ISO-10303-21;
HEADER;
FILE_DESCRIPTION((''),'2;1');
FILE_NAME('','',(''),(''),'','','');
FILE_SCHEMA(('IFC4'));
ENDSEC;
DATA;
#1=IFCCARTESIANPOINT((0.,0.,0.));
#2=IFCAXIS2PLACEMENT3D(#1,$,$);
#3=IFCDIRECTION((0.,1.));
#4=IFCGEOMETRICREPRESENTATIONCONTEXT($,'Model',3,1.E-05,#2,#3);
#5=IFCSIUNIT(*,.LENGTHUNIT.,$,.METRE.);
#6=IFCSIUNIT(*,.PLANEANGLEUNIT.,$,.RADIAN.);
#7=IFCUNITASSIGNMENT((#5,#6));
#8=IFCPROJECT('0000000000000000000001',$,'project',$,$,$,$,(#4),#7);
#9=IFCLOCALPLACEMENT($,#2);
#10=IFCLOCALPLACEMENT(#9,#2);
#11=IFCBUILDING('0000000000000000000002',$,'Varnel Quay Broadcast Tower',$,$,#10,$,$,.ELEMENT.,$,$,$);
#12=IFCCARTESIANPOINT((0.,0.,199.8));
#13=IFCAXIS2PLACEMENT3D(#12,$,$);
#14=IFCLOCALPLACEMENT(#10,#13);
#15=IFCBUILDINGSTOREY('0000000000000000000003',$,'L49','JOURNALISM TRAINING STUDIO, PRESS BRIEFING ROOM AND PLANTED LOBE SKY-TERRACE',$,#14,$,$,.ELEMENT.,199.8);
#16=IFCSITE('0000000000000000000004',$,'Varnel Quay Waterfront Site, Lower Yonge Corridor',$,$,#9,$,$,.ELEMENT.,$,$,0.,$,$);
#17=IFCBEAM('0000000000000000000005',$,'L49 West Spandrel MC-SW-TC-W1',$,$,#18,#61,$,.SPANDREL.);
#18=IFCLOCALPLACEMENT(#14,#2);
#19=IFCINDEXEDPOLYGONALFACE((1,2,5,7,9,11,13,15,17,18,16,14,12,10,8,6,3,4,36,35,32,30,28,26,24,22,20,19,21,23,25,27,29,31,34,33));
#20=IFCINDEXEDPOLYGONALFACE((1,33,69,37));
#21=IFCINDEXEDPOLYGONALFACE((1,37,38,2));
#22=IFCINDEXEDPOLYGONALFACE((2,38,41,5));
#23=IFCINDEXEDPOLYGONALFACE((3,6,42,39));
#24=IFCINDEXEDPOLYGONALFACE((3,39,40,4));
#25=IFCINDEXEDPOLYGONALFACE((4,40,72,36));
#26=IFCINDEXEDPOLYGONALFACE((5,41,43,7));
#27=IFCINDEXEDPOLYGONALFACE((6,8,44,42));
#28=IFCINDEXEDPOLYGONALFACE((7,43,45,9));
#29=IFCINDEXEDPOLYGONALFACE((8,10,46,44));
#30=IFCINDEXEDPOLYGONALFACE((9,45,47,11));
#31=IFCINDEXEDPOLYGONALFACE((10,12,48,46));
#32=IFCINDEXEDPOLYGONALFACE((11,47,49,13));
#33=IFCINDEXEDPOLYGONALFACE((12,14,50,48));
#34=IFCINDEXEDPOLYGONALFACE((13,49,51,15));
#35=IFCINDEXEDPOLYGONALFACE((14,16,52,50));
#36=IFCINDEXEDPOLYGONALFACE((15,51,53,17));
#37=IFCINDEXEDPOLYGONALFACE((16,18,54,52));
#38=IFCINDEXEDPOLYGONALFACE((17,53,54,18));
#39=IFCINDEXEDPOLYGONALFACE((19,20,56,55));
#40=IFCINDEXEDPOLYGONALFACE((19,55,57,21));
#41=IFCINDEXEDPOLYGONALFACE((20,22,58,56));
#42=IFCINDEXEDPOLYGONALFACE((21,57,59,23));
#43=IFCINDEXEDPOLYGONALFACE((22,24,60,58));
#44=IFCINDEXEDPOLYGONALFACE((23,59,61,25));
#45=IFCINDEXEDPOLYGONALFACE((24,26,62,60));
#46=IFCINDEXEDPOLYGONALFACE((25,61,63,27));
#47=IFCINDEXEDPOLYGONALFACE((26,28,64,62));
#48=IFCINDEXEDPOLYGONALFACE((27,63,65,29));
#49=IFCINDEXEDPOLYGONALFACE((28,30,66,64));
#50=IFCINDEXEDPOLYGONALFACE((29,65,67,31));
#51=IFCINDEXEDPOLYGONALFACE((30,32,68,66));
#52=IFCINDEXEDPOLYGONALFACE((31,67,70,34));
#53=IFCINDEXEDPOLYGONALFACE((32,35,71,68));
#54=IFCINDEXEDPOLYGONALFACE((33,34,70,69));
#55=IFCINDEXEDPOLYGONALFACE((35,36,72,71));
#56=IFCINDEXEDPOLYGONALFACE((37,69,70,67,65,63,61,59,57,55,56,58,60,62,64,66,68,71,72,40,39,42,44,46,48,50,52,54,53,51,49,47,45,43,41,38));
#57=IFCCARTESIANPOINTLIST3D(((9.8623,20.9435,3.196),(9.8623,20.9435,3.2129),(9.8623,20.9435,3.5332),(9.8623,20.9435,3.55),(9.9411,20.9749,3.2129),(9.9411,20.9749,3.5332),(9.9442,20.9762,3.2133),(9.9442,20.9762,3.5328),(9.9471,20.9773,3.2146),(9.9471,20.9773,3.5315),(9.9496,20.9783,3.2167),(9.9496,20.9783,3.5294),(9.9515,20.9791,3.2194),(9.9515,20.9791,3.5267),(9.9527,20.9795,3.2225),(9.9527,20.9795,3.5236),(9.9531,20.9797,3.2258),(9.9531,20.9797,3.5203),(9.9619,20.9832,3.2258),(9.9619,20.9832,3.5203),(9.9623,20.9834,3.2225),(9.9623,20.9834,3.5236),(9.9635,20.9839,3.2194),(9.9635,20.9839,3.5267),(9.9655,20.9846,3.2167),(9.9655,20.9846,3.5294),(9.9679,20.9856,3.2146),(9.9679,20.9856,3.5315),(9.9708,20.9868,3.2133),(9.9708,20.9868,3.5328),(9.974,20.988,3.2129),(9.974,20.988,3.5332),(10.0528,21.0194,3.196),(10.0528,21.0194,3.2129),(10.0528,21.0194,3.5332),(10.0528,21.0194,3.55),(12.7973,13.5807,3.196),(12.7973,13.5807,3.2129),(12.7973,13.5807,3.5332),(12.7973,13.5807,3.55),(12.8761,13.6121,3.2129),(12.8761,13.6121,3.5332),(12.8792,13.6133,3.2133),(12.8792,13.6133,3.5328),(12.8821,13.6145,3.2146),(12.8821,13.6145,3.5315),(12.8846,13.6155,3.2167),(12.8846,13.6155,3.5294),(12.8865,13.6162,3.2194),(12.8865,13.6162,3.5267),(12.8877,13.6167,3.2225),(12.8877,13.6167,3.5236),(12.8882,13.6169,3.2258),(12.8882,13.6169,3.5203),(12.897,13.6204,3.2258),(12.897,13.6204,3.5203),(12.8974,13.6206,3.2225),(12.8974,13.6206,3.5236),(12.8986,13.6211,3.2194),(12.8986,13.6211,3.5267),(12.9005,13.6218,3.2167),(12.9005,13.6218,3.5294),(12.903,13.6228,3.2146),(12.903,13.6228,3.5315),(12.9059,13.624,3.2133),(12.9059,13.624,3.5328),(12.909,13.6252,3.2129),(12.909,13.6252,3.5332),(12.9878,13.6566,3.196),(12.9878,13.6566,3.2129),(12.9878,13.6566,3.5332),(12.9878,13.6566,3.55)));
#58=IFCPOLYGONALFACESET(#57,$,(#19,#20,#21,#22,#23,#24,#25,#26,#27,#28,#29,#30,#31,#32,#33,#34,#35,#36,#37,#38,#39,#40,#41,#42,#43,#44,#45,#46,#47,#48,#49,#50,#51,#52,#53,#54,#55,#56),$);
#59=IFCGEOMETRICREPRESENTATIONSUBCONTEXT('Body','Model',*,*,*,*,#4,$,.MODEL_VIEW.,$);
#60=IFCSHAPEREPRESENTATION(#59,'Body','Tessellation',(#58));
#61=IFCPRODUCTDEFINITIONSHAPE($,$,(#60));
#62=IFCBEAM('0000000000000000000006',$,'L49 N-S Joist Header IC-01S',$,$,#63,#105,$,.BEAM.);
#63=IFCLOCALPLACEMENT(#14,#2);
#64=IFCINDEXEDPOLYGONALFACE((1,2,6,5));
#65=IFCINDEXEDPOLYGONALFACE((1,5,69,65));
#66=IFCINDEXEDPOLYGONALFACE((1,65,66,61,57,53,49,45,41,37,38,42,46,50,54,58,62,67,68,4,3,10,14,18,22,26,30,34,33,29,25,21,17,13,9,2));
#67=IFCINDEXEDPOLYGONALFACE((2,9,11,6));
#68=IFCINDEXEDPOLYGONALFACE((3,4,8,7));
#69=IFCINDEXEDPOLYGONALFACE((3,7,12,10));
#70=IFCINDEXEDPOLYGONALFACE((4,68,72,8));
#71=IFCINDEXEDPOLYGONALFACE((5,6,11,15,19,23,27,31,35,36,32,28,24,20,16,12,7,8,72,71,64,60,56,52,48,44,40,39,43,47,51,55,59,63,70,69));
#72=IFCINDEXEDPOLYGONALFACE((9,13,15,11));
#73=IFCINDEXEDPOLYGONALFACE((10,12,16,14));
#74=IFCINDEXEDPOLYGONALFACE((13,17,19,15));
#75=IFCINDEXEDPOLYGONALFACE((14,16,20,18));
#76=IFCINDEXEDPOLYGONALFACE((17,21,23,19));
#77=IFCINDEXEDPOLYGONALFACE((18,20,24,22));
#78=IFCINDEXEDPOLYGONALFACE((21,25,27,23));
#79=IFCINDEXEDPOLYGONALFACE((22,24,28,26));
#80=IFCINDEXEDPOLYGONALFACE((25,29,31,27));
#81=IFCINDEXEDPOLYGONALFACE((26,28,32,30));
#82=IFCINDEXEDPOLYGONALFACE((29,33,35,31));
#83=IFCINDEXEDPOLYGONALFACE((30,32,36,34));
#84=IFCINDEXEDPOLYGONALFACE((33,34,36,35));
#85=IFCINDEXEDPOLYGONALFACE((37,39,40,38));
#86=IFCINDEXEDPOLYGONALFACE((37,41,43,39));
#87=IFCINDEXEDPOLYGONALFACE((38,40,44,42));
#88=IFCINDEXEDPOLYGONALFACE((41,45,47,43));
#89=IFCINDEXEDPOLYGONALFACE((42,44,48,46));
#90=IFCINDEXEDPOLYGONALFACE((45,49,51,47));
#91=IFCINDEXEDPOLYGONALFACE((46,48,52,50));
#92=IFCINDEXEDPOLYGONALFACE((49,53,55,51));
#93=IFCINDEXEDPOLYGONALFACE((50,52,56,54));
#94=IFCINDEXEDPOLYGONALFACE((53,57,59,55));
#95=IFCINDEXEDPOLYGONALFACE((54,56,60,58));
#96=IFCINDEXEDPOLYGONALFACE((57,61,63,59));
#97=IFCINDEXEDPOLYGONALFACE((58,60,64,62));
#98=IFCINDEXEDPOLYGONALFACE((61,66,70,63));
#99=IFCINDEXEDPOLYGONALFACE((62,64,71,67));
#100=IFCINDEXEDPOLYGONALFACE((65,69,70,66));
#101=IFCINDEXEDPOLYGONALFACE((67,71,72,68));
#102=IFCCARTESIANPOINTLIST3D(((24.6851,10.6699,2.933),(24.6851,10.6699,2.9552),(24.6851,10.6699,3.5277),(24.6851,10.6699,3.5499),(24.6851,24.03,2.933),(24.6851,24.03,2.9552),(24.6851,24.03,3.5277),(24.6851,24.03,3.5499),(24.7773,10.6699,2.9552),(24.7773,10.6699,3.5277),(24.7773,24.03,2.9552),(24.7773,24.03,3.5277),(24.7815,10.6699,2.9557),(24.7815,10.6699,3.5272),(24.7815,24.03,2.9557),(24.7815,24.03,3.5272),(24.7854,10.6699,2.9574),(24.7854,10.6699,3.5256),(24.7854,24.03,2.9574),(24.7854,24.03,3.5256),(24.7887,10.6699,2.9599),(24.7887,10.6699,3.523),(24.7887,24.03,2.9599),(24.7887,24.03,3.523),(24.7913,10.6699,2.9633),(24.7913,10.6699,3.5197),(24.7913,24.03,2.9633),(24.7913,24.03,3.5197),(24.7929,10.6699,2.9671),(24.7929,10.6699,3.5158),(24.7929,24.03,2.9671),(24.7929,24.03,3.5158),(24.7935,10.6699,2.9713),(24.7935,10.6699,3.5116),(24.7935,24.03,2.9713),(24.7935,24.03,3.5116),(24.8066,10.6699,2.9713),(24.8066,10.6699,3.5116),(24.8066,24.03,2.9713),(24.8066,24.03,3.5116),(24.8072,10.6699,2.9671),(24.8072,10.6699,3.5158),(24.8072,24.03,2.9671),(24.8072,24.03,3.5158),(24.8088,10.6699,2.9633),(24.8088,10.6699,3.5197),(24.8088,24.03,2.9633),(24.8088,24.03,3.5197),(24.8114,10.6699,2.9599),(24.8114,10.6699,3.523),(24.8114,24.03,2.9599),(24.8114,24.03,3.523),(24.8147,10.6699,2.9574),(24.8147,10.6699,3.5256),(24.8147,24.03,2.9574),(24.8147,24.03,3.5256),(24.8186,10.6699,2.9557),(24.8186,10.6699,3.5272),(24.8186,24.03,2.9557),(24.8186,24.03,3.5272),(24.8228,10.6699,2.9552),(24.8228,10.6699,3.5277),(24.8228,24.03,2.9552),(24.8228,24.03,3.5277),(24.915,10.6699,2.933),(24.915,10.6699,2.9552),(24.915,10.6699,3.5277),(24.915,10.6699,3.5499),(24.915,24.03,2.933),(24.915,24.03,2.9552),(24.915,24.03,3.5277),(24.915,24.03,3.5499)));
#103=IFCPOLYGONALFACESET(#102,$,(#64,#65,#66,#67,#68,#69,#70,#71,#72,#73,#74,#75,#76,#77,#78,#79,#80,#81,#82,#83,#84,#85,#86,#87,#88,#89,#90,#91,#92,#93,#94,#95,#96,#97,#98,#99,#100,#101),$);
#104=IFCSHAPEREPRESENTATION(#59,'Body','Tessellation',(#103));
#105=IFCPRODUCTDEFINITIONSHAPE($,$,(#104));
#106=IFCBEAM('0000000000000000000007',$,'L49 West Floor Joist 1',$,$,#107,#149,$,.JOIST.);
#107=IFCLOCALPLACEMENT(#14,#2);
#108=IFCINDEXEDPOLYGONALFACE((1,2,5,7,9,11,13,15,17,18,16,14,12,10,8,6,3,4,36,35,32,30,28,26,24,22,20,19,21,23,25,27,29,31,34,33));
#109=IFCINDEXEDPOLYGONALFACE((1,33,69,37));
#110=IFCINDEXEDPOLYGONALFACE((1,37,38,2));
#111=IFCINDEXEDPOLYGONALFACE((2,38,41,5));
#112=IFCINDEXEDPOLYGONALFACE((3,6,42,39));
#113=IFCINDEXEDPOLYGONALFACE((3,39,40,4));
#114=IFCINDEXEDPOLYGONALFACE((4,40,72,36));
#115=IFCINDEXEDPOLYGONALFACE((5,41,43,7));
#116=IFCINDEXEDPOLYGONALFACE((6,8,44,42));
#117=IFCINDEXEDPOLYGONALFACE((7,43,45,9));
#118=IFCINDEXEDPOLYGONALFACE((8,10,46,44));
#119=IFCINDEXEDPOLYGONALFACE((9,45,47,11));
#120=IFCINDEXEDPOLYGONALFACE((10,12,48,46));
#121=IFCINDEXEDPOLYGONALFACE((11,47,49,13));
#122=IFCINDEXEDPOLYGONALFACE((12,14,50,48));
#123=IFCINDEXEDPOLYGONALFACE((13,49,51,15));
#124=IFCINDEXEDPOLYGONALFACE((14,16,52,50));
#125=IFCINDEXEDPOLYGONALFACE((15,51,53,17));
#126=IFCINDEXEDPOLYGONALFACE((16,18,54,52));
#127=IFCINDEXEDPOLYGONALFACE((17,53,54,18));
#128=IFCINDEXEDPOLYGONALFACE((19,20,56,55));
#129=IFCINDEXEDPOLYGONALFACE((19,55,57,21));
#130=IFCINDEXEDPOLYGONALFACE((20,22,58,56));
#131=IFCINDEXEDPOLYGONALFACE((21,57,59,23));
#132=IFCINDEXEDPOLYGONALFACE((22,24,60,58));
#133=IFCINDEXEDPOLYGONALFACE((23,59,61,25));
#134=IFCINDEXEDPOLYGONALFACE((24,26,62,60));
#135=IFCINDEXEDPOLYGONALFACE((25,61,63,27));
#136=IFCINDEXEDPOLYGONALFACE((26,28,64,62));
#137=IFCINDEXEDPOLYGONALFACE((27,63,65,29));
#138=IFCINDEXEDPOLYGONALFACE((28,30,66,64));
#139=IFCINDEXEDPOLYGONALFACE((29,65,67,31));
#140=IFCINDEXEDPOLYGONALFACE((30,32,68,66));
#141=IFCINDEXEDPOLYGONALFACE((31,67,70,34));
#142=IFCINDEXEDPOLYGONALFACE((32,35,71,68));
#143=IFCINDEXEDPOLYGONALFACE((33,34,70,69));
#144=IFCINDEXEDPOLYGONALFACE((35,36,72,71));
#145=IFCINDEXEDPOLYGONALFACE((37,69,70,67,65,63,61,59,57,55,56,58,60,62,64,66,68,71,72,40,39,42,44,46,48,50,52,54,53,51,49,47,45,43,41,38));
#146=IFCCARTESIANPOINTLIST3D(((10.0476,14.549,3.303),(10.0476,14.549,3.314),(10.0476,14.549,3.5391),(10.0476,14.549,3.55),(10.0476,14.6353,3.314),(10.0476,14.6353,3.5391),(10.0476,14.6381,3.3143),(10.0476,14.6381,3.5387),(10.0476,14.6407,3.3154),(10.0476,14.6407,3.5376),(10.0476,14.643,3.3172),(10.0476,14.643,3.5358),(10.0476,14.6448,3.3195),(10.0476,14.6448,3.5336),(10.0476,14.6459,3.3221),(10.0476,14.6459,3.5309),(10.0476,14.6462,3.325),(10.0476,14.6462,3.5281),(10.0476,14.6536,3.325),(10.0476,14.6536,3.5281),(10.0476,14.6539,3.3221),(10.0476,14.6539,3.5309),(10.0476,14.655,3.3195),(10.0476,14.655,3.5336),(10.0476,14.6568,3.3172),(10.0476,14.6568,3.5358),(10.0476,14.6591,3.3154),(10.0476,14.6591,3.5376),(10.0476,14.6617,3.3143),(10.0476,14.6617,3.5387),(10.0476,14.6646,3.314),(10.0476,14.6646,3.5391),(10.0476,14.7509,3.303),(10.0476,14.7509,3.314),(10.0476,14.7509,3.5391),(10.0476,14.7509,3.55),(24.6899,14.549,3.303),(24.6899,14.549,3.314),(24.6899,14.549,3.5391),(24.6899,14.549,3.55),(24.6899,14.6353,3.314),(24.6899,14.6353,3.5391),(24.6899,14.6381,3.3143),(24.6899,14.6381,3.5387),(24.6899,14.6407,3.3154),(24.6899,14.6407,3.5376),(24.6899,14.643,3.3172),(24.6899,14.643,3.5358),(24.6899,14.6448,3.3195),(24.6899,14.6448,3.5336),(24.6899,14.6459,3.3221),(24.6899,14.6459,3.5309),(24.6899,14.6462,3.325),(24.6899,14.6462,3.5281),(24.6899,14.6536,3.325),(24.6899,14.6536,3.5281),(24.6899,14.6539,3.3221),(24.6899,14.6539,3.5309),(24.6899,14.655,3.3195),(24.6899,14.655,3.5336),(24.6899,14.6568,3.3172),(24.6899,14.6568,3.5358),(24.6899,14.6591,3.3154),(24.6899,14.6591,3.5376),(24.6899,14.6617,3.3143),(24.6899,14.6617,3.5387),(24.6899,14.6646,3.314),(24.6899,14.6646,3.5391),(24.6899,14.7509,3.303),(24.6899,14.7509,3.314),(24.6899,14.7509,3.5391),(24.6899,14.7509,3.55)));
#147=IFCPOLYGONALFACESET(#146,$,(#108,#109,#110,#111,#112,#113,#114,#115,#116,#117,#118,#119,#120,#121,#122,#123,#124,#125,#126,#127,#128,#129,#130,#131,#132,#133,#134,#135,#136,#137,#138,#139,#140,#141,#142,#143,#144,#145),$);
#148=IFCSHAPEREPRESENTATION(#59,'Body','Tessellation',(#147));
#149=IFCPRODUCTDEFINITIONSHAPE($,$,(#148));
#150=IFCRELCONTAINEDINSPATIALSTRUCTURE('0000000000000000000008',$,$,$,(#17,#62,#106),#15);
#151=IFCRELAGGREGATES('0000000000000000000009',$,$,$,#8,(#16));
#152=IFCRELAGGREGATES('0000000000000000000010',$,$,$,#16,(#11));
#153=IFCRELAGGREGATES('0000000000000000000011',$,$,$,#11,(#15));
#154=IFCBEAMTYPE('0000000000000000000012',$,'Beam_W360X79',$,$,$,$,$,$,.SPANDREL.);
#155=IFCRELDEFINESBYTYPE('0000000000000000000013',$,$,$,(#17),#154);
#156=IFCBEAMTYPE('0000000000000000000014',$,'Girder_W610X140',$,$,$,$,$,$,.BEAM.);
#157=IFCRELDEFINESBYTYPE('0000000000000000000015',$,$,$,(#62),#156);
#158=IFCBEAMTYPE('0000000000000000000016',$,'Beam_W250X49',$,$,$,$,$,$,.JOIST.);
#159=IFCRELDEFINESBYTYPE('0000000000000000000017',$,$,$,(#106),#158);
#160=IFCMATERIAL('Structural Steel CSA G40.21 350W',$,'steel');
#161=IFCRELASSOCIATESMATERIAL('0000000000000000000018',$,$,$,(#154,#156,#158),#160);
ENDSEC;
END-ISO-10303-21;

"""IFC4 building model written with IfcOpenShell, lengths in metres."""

from ifc_helpers import new_model, si_unit, direction, frame, origin, origin_2d, place, context, subcontext, project, spatial, i_section, extrude, source, transform, mapped, material, material_profile, profile_set, type_object, type_shapes, element, save


model = new_model("IFC4")

# Units and contexts
model_context = context("Model", 3, precision=1e-05, world=origin(), true_north=direction((0.0, 1.0)))
body_context = subcontext(model_context, "Body", "Model", "MODEL_VIEW")
ifc_project = project(units=[si_unit("LENGTHUNIT", "METRE"), si_unit("PLANEANGLEUNIT", "RADIAN")], contexts=[model_context])

# Site, building, storey
site_placement = place(None, origin())
site = spatial("IfcSite", under=ifc_project, at=site_placement, Name="Varnel Quay Waterfront Site, Lower Yonge Corridor", CompositionType="ELEMENT", RefElevation=0.0)
building_placement = place(site_placement, origin())
building = spatial("IfcBuilding", under=site, at=building_placement, Name="Varnel Quay Broadcast Tower", CompositionType="ELEMENT")
storey_placement = place(building_placement, frame((0.0, 0.0, 199.8)))
storey = spatial("IfcBuildingStorey", under=building, at=storey_placement, Name="L49", Description="JOURNALISM TRAINING STUDIO, PRESS BRIEFING ROOM AND PLANTED LOBE SKY-TERRACE", CompositionType="ELEMENT", Elevation=199.8)

# Shared definitions
ifc_material_1 = material(Name="Structural Steel CSA G40.21 350W", Category="steel")

# Beams
ifc_material_profile_1 = material_profile(ifc_material_1, i_section(OverallWidth=0.2051, OverallDepth=0.354, WebThickness=0.0095, FlangeThickness=0.0168, FilletRadius=0.0129, at=origin_2d()), Name="W360X79")
ifc_profile_set_1 = profile_set([ifc_material_profile_1], Name="Structural Steel CSA G40.21 350W")
beam_type_1 = type_object("IfcBeamType", Name="Beam_W360X79", PredefinedType="SPANDREL", material=ifc_profile_set_1)
shared_shape_1 = source(origin(), body_context, "Body", "SweptSolid", [
    extrude(i_section(OverallWidth=0.2051, OverallDepth=0.354, WebThickness=0.0095, FlangeThickness=0.0168, FilletRadius=0.0129, at=origin_2d()), origin(), (0.0, 0.0, 1.0), 7.9263),
])
beam_1_placement = place(storey_placement, frame((12.8926, 13.6187, 3.373), z_axis=(-0.370296, 0.928914, 0.0), x_axis=(-0.928914, -0.370296, 0.0)))
element("IfcBeam", 1, at=beam_1_placement, inside=storey, type_object=beam_type_1, Name="L49 West Spandrel MC-SW-TC-W1", PredefinedType="SPANDREL", context=body_context, shape_type="MappedRepresentation", body=[
    mapped(shared_shape_1, transform((0.0, 0.0, 0.0), x_axis=(1.0, 0.0, 0.0), y_axis=(0.0, 1.0, 0.0), z_axis=(0.0, 0.0, 1.0), scale=1.0)),
])
ifc_material_profile_2 = material_profile(ifc_material_1, i_section(OverallWidth=0.23, OverallDepth=0.6169, WebThickness=0.0132, FlangeThickness=0.0222, FilletRadius=0.0161, at=origin_2d()), Name="W610X140")
ifc_profile_set_2 = profile_set([ifc_material_profile_2], Name="Structural Steel CSA G40.21 350W")
beam_type_2 = type_object("IfcBeamType", Name="Girder_W610X140", PredefinedType="BEAM", material=ifc_profile_set_2)
shared_shape_2 = source(origin(), body_context, "Body", "SweptSolid", [
    extrude(i_section(OverallWidth=0.23, OverallDepth=0.6169, WebThickness=0.0132, FlangeThickness=0.0222, FilletRadius=0.0161, at=origin_2d()), origin(), (0.0, 0.0, 1.0), 13.3601),
])
type_shapes(beam_type_2, [shared_shape_2])
beam_2_placement = place(storey_placement, frame((24.8, 10.6699, 3.2415), z_axis=(0.0, 1.0, 0.0), x_axis=(-1.0, 0.0, 0.0)))
element("IfcBeam", 2, at=beam_2_placement, inside=storey, type_object=beam_type_2, Name="L49 N-S Joist Header IC-01S", PredefinedType="BEAM", context=body_context, shape_type="MappedRepresentation", body=[
    mapped(shared_shape_2, transform((0.0, 0.0, 0.0), x_axis=(1.0, 0.0, 0.0), y_axis=(0.0, 1.0, 0.0), z_axis=(0.0, 0.0, 1.0), scale=1.0)),
])
ifc_material_profile_3 = material_profile(ifc_material_1, i_section(OverallWidth=0.2019, OverallDepth=0.2471, WebThickness=0.0073, FlangeThickness=0.011, FilletRadius=0.011, at=origin_2d()), Name="W250X49")
ifc_profile_set_3 = profile_set([ifc_material_profile_3], Name="Structural Steel CSA G40.21 350W")
beam_type_3 = type_object("IfcBeamType", Name="Beam_W250X49", PredefinedType="JOIST", material=ifc_profile_set_3)
shared_shape_3 = source(origin(), body_context, "Body", "SweptSolid", [
    extrude(i_section(OverallWidth=0.2019, OverallDepth=0.2471, WebThickness=0.0073, FlangeThickness=0.011, FilletRadius=0.011, at=origin_2d()), origin(), (0.0, 0.0, 1.0), 14.6423),
])
beam_3_placement = place(storey_placement, frame((10.0476, 14.6499, 3.4265), z_axis=(1.0, 0.0, 0.0), x_axis=(0.0, 1.0, 0.0)))
element("IfcBeam", 3, at=beam_3_placement, inside=storey, type_object=beam_type_3, Name="L49 West Floor Joist 1", PredefinedType="JOIST", context=body_context, shape_type="MappedRepresentation", body=[
    mapped(shared_shape_3, transform((0.0, 0.0, 0.0), x_axis=(1.0, 0.0, 0.0), y_axis=(0.0, 1.0, 0.0), z_axis=(0.0, 0.0, 1.0), scale=1.0)),
])

save(model, "model.ifc")
